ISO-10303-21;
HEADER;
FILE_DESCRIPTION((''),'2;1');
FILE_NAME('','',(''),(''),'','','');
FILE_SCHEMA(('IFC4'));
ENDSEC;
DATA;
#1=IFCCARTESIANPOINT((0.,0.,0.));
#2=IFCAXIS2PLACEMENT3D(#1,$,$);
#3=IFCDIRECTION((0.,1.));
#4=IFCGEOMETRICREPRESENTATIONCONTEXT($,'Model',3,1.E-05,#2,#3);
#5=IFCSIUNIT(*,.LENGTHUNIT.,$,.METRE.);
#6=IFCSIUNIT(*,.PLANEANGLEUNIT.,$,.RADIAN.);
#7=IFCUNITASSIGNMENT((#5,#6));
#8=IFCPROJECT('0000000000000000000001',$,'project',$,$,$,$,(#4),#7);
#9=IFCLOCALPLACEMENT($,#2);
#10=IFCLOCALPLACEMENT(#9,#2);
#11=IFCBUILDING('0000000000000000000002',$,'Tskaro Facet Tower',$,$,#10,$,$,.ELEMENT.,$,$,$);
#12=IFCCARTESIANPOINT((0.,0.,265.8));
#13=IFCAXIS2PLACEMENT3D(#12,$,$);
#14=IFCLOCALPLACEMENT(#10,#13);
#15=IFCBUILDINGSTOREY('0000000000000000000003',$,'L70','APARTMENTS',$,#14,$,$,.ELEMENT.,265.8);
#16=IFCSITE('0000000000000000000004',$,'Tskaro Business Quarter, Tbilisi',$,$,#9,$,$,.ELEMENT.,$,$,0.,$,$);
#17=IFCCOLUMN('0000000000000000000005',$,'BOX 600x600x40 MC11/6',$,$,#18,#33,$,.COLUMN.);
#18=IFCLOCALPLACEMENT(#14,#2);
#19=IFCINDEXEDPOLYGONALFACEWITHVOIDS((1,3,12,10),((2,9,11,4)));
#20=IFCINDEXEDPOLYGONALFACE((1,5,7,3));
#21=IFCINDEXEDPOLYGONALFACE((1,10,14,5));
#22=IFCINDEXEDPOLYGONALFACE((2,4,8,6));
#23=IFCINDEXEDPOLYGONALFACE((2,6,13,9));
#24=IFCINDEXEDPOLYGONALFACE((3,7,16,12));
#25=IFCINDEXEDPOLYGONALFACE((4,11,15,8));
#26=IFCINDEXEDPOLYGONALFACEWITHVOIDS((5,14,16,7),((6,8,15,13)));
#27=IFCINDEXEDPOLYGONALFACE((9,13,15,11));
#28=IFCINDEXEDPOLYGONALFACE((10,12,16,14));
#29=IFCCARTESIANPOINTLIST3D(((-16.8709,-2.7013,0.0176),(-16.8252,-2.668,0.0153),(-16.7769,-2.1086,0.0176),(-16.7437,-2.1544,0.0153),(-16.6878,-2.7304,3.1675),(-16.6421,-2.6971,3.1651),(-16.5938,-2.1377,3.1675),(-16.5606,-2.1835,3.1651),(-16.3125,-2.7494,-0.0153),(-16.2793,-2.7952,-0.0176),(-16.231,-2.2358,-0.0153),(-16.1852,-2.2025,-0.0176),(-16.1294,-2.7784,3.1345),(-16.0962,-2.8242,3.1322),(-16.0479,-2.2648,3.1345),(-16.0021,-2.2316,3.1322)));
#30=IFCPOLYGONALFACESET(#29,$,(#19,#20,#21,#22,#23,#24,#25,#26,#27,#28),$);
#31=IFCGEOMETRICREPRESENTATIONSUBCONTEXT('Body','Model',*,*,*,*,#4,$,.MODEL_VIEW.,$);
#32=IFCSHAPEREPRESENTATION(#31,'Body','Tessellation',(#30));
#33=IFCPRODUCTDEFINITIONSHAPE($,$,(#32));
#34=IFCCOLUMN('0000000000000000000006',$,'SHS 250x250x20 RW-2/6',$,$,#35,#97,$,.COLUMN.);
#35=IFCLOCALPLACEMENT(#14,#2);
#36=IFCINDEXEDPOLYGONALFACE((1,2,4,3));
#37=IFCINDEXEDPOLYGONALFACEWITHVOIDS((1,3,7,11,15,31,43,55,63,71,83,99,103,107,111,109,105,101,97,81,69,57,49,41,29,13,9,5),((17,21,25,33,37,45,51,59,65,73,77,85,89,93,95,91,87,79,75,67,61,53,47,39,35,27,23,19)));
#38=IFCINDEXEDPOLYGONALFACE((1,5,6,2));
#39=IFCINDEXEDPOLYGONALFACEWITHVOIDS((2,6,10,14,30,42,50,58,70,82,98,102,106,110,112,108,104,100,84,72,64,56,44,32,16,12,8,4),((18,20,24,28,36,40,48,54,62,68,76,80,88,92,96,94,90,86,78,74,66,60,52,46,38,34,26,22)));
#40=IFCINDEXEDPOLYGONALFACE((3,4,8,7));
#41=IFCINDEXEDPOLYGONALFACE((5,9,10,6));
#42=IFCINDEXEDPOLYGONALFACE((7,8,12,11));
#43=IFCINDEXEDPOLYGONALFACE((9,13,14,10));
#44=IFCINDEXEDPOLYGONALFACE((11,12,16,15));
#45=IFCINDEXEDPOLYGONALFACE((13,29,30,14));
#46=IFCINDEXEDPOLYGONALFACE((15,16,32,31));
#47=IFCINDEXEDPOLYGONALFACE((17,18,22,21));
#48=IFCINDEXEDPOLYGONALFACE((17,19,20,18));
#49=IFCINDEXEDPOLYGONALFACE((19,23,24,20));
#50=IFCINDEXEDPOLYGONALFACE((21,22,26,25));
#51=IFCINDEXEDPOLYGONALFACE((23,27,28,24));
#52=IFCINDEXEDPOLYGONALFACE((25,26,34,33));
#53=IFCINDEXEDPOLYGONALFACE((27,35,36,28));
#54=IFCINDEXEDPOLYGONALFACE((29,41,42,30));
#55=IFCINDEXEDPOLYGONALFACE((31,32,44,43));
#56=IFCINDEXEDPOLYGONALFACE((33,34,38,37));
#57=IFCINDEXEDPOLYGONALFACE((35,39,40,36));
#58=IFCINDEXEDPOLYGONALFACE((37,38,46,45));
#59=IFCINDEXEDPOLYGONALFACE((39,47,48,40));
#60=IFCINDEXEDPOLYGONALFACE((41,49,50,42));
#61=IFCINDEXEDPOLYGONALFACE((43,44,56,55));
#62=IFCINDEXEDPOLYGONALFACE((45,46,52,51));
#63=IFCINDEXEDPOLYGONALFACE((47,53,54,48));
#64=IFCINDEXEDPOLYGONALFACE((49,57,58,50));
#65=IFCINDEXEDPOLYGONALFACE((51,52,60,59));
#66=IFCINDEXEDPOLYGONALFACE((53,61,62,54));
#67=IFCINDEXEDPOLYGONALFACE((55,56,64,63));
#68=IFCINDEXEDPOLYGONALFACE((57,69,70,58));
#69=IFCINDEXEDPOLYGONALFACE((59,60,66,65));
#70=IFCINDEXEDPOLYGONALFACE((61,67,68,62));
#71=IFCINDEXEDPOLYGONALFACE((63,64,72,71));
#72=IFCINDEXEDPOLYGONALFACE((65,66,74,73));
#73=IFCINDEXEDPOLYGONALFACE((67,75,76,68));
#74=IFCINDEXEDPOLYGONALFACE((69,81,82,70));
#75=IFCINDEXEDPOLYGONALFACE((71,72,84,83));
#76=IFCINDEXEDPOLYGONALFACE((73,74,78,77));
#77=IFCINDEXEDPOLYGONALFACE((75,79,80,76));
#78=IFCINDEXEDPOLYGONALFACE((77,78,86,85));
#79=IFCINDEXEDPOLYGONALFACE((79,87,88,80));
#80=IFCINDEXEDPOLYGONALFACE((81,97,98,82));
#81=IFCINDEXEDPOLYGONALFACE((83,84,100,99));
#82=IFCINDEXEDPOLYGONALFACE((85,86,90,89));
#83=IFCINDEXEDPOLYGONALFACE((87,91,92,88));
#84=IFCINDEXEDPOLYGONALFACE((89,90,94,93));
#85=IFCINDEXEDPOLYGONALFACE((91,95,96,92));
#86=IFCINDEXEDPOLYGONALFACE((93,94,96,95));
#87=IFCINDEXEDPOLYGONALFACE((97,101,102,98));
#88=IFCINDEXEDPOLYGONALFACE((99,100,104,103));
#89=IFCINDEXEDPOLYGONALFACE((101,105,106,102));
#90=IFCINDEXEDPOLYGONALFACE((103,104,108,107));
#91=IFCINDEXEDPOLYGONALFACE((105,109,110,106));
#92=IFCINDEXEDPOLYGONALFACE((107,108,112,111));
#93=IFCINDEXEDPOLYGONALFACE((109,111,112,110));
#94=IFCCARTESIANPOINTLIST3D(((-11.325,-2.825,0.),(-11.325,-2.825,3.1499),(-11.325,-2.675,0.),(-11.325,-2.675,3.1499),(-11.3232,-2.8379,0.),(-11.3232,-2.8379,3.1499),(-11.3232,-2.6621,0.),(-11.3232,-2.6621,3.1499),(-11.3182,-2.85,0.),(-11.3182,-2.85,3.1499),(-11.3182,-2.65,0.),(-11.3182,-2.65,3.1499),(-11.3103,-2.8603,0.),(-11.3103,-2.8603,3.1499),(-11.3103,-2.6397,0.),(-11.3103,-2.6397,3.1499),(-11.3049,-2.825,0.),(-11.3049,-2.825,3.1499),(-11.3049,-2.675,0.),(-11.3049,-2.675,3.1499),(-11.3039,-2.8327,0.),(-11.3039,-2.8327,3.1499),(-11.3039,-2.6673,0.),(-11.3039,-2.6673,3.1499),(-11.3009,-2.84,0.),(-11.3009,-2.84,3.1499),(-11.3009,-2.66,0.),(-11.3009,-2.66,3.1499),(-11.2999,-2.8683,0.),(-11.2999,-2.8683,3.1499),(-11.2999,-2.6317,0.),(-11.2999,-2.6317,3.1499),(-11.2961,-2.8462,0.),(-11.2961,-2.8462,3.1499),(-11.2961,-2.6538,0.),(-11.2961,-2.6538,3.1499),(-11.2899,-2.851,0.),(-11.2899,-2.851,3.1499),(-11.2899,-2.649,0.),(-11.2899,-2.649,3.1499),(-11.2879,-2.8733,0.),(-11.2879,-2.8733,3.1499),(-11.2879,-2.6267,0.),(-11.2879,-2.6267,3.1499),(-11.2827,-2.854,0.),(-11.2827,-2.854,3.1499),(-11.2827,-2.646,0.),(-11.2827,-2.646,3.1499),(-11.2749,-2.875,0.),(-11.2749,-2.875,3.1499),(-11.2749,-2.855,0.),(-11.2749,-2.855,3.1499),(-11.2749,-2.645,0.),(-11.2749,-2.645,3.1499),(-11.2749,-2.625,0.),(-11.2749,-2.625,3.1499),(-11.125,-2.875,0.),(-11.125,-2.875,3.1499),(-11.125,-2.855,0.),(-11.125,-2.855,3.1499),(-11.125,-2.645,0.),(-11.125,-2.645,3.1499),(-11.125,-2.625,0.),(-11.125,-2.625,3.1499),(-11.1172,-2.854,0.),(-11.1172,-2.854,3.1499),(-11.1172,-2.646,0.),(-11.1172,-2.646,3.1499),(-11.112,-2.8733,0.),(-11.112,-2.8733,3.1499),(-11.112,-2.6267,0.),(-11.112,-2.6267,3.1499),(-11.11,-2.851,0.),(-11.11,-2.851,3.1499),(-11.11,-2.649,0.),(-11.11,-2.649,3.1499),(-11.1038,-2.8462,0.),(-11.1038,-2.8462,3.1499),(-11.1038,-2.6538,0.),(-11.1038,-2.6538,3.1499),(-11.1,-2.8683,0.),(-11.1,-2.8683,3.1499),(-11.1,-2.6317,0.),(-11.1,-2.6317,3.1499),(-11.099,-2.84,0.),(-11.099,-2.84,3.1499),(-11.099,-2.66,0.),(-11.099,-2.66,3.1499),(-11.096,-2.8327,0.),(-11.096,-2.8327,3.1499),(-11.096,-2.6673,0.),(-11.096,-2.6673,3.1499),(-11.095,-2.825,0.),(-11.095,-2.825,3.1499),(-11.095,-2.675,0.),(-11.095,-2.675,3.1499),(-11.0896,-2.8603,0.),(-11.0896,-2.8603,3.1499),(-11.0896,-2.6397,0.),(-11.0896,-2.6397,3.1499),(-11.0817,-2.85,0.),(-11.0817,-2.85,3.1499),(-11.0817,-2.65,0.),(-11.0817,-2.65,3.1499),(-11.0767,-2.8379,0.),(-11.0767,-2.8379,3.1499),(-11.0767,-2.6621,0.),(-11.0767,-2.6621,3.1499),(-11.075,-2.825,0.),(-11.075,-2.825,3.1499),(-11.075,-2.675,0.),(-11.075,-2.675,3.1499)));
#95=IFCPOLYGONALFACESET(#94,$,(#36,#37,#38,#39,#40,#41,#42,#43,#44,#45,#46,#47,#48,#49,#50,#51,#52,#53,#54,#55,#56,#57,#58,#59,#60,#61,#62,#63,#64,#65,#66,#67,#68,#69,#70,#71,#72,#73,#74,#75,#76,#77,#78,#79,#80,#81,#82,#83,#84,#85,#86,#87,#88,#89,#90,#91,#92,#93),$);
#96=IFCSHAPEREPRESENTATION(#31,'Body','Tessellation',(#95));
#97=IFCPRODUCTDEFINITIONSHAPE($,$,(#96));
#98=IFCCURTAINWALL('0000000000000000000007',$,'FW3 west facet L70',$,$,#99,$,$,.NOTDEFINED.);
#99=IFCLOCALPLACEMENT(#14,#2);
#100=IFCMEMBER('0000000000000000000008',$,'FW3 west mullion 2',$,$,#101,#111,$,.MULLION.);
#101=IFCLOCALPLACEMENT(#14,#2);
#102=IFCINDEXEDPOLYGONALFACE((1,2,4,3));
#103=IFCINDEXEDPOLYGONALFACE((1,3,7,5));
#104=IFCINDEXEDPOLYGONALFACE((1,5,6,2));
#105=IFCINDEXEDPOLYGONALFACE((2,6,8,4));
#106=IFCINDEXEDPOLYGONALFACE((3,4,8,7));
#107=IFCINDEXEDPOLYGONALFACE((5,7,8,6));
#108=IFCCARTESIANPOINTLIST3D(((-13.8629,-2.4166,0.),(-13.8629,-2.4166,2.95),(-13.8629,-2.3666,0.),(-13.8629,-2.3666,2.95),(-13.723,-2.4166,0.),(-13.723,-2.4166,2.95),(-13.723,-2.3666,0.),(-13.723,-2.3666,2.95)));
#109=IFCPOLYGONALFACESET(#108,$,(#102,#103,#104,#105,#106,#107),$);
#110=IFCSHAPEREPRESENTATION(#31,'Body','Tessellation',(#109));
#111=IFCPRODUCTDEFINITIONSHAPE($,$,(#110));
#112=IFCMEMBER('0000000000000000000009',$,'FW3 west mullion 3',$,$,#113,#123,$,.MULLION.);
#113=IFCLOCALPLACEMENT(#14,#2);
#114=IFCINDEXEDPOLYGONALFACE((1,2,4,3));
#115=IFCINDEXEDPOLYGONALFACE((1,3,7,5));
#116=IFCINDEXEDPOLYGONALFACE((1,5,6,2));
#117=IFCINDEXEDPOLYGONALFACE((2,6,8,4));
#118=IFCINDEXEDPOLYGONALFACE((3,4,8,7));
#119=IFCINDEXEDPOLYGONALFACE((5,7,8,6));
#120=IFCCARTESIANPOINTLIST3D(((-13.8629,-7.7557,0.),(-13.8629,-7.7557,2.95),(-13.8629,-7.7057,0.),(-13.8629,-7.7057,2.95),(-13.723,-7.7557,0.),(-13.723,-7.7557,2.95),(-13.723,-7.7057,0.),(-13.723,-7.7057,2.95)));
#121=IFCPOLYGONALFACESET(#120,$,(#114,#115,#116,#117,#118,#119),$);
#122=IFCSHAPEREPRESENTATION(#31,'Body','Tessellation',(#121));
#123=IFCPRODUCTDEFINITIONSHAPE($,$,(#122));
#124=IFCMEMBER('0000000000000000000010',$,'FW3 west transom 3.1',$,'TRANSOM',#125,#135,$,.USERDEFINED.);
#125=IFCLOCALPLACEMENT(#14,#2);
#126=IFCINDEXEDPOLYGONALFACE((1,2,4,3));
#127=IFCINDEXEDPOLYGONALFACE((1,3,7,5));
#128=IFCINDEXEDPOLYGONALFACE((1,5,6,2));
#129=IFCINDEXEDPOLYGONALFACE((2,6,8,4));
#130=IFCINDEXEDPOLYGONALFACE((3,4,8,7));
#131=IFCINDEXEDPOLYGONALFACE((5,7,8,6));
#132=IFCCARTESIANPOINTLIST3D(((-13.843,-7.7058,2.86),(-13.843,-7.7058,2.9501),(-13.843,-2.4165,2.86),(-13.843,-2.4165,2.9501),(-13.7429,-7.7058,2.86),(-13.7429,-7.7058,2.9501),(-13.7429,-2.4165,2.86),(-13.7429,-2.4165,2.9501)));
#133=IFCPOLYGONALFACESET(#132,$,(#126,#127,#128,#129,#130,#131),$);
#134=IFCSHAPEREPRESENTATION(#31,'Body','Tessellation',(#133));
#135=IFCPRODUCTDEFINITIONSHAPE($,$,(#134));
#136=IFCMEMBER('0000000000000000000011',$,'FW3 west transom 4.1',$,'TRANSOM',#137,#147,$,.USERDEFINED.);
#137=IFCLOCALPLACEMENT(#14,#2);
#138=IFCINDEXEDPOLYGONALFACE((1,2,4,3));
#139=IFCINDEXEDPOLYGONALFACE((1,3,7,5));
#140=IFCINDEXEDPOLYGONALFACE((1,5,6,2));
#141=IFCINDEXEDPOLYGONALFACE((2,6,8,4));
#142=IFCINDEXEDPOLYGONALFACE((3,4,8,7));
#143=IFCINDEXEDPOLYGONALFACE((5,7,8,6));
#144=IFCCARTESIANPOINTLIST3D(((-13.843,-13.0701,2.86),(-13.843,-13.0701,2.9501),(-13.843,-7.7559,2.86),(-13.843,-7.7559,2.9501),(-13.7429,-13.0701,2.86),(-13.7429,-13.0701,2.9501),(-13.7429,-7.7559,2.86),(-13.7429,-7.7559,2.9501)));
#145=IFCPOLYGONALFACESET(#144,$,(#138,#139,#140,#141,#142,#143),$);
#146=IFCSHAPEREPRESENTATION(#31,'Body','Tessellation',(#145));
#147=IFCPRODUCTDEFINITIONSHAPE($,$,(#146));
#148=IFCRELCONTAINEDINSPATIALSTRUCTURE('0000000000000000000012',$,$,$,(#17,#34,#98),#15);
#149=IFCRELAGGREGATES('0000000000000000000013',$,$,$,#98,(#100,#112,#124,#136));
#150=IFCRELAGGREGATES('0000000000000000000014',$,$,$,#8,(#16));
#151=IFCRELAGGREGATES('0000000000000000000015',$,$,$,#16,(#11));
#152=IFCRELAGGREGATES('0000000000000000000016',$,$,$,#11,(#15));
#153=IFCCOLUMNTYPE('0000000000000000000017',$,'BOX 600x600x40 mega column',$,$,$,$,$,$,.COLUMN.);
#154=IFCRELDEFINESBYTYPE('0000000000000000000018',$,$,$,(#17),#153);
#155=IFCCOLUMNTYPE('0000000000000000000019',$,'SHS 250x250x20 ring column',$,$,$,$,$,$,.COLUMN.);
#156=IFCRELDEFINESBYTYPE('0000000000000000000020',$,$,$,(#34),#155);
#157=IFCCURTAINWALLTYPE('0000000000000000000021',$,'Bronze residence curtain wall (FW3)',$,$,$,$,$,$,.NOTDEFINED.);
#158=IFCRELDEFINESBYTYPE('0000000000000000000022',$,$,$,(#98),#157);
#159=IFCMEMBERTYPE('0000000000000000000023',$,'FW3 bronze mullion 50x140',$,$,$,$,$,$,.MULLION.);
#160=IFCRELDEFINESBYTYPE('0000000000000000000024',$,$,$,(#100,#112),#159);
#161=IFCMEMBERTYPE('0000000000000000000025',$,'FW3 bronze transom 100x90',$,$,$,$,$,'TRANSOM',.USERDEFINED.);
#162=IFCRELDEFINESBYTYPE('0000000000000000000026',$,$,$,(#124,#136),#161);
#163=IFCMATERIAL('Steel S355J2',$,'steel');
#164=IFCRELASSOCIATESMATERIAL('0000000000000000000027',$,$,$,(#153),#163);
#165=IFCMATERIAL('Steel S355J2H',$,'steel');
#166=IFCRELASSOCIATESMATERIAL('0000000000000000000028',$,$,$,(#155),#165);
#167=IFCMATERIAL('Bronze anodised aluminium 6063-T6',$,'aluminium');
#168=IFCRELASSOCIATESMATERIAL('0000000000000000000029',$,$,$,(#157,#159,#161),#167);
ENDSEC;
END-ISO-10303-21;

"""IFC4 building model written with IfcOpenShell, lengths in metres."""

from ifc_helpers import new_model, si_unit, direction, frame, origin, origin_2d, place, context, subcontext, project, spatial, rectangle, hollow_rectangle, extrude, material, material_profile, profile_set, type_object, element, aggregate, save


model = new_model("IFC4")

# Units and contexts
model_context = context("Model", 3, precision=1e-05, world=origin(), true_north=direction((0.0, 1.0)))
body_context = subcontext(model_context, "Body", "Model", "MODEL_VIEW")
ifc_project = project(units=[si_unit("LENGTHUNIT", "METRE"), si_unit("PLANEANGLEUNIT", "RADIAN")], contexts=[model_context])

# Site, building, storey
site_placement = place(None, origin())
site = spatial("IfcSite", under=ifc_project, at=site_placement, Name="Tskaro Business Quarter, Tbilisi", CompositionType="ELEMENT", RefElevation=0.0)
building_placement = place(site_placement, origin())
building = spatial("IfcBuilding", under=site, at=building_placement, Name="Tskaro Facet Tower", CompositionType="ELEMENT")
storey_placement = place(building_placement, frame((0.0, 0.0, 265.8)))
storey = spatial("IfcBuildingStorey", under=building, at=storey_placement, Name="L70", Description="APARTMENTS", CompositionType="ELEMENT", Elevation=265.8)

# Columns
ifc_material_1 = material(Name="Steel S355J2", Category="steel")
ifc_material_profile_1 = material_profile(ifc_material_1, hollow_rectangle(XDim=0.6001, YDim=0.6001, WallThickness=0.04, at=origin_2d()), Name="BOX 600x600x40")
ifc_profile_set_1 = profile_set([ifc_material_profile_1], Name="Steel S355J2")
column_type_1 = type_object("IfcColumnType", Name="BOX 600x600x40 mega column", PredefinedType="COLUMN", material=ifc_profile_set_1)
column_1_placement = place(storey_placement, frame((-16.5281, -2.4519, 0.0), z_axis=(0.05803, -0.009207, 0.998272), x_axis=(0.156706, 0.987645, 0.0)))
element("IfcColumn", 1, at=column_1_placement, inside=storey, type_object=column_type_1, Name="BOX 600x600x40 MC11/6", PredefinedType="COLUMN", context=body_context, shape_type="SweptSolid", body=[
    extrude(hollow_rectangle(XDim=0.6001, YDim=0.6001, WallThickness=0.04, at=origin_2d()), origin(), (0.0, 0.0, 1.0), 3.1553),
])
ifc_material_2 = material(Name="Steel S355J2H", Category="steel")
ifc_material_profile_2 = material_profile(ifc_material_2, hollow_rectangle(XDim=0.25, YDim=0.25, WallThickness=0.02, InnerFilletRadius=0.03, OuterFilletRadius=0.05, at=origin_2d()), Name="SHS 250x250x20")
ifc_profile_set_2 = profile_set([ifc_material_profile_2], Name="Steel S355J2H")
column_type_2 = type_object("IfcColumnType", Name="SHS 250x250x20 ring column", PredefinedType="COLUMN", material=ifc_profile_set_2)
column_2_placement = place(storey_placement, frame((-11.2, -2.75, 0.0), z_axis=(0.0, 0.0, 1.0), x_axis=(1.0, 0.0, 0.0)))
element("IfcColumn", 2, at=column_2_placement, inside=storey, type_object=column_type_2, Name="SHS 250x250x20 RW-2/6", PredefinedType="COLUMN", context=body_context, shape_type="SweptSolid", body=[
    extrude(hollow_rectangle(XDim=0.25, YDim=0.25, WallThickness=0.02, InnerFilletRadius=0.03, OuterFilletRadius=0.05, at=origin_2d()), origin(), (0.0, 0.0, 1.0), 3.1499),
])

# Curtain wall, members
ifc_material_3 = material(Name="Bronze anodised aluminium 6063-T6", Category="aluminium")
curtain_wall_type = type_object("IfcCurtainWallType", Name="Bronze residence curtain wall (FW3)", PredefinedType="NOTDEFINED", material=ifc_material_3)
curtain_wall_placement = place(storey_placement, origin())
curtain_wall = element("IfcCurtainWall", 3, at=curtain_wall_placement, inside=storey, type_object=curtain_wall_type, Name="FW3 west facet L70", PredefinedType="NOTDEFINED")
ifc_material_profile_3 = material_profile(ifc_material_3, rectangle(XDim=0.05, YDim=0.1399, at=origin_2d()), Name="Mullion 50x140")
ifc_profile_set_3 = profile_set([ifc_material_profile_3], Name="Bronze anodised aluminium 6063-T6")
member_type_1 = type_object("IfcMemberType", Name="FW3 bronze mullion 50x140", PredefinedType="MULLION", material=ifc_profile_set_3)
member_1_placement = place(storey_placement, frame((-13.793, -2.3916, 0.0), z_axis=(0.0, 0.0, 1.0), x_axis=(0.0, -1.0, 0.0)))
member_1 = element("IfcMember", 4, at=member_1_placement, type_object=member_type_1, Name="FW3 west mullion 2", PredefinedType="MULLION", context=body_context, shape_type="SweptSolid", body=[
    extrude(rectangle(XDim=0.05, YDim=0.1399, at=origin_2d()), origin(), (0.0, 0.0, 1.0), 2.95),
])
member_2_placement = place(storey_placement, frame((-13.793, -7.7307, 0.0), z_axis=(0.0, 0.0, 1.0), x_axis=(0.0, -1.0, 0.0)))
member_2 = element("IfcMember", 5, at=member_2_placement, type_object=member_type_1, Name="FW3 west mullion 3", PredefinedType="MULLION", context=body_context, shape_type="SweptSolid", body=[
    extrude(rectangle(XDim=0.05, YDim=0.1399, at=origin_2d()), origin(), (0.0, 0.0, 1.0), 2.95),
])
ifc_material_profile_4 = material_profile(ifc_material_3, rectangle(XDim=0.1001, YDim=0.0901, at=origin_2d()), Name="Transom 100x90")
ifc_profile_set_4 = profile_set([ifc_material_profile_4], Name="Bronze anodised aluminium 6063-T6")
member_type_2 = type_object("IfcMemberType", Name="FW3 bronze transom 100x90", ElementType="TRANSOM", PredefinedType="USERDEFINED", material=ifc_profile_set_4)
member_3_placement = place(storey_placement, frame((-13.793, -2.4165, 2.905), z_axis=(0.0, -1.0, 0.0), x_axis=(1.0, 0.0, 0.0)))
member_3 = element("IfcMember", 6, at=member_3_placement, type_object=member_type_2, Name="FW3 west transom 3.1", ObjectType="TRANSOM", PredefinedType="USERDEFINED", context=body_context, shape_type="SweptSolid", body=[
    extrude(rectangle(XDim=0.1001, YDim=0.0901, at=origin_2d()), origin(), (0.0, 0.0, 1.0), 5.2893),
])
member_4_placement = place(storey_placement, frame((-13.793, -7.7559, 2.905), z_axis=(0.0, -1.0, 0.0), x_axis=(1.0, 0.0, 0.0)))
member_4 = element("IfcMember", 7, at=member_4_placement, type_object=member_type_2, Name="FW3 west transom 4.1", ObjectType="TRANSOM", PredefinedType="USERDEFINED", context=body_context, shape_type="SweptSolid", body=[
    extrude(rectangle(XDim=0.1001, YDim=0.0901, at=origin_2d()), origin(), (0.0, 0.0, 1.0), 5.3142),
])

aggregate(curtain_wall, [member_1, member_2, member_3, member_4])

save(model, "model.ifc")
